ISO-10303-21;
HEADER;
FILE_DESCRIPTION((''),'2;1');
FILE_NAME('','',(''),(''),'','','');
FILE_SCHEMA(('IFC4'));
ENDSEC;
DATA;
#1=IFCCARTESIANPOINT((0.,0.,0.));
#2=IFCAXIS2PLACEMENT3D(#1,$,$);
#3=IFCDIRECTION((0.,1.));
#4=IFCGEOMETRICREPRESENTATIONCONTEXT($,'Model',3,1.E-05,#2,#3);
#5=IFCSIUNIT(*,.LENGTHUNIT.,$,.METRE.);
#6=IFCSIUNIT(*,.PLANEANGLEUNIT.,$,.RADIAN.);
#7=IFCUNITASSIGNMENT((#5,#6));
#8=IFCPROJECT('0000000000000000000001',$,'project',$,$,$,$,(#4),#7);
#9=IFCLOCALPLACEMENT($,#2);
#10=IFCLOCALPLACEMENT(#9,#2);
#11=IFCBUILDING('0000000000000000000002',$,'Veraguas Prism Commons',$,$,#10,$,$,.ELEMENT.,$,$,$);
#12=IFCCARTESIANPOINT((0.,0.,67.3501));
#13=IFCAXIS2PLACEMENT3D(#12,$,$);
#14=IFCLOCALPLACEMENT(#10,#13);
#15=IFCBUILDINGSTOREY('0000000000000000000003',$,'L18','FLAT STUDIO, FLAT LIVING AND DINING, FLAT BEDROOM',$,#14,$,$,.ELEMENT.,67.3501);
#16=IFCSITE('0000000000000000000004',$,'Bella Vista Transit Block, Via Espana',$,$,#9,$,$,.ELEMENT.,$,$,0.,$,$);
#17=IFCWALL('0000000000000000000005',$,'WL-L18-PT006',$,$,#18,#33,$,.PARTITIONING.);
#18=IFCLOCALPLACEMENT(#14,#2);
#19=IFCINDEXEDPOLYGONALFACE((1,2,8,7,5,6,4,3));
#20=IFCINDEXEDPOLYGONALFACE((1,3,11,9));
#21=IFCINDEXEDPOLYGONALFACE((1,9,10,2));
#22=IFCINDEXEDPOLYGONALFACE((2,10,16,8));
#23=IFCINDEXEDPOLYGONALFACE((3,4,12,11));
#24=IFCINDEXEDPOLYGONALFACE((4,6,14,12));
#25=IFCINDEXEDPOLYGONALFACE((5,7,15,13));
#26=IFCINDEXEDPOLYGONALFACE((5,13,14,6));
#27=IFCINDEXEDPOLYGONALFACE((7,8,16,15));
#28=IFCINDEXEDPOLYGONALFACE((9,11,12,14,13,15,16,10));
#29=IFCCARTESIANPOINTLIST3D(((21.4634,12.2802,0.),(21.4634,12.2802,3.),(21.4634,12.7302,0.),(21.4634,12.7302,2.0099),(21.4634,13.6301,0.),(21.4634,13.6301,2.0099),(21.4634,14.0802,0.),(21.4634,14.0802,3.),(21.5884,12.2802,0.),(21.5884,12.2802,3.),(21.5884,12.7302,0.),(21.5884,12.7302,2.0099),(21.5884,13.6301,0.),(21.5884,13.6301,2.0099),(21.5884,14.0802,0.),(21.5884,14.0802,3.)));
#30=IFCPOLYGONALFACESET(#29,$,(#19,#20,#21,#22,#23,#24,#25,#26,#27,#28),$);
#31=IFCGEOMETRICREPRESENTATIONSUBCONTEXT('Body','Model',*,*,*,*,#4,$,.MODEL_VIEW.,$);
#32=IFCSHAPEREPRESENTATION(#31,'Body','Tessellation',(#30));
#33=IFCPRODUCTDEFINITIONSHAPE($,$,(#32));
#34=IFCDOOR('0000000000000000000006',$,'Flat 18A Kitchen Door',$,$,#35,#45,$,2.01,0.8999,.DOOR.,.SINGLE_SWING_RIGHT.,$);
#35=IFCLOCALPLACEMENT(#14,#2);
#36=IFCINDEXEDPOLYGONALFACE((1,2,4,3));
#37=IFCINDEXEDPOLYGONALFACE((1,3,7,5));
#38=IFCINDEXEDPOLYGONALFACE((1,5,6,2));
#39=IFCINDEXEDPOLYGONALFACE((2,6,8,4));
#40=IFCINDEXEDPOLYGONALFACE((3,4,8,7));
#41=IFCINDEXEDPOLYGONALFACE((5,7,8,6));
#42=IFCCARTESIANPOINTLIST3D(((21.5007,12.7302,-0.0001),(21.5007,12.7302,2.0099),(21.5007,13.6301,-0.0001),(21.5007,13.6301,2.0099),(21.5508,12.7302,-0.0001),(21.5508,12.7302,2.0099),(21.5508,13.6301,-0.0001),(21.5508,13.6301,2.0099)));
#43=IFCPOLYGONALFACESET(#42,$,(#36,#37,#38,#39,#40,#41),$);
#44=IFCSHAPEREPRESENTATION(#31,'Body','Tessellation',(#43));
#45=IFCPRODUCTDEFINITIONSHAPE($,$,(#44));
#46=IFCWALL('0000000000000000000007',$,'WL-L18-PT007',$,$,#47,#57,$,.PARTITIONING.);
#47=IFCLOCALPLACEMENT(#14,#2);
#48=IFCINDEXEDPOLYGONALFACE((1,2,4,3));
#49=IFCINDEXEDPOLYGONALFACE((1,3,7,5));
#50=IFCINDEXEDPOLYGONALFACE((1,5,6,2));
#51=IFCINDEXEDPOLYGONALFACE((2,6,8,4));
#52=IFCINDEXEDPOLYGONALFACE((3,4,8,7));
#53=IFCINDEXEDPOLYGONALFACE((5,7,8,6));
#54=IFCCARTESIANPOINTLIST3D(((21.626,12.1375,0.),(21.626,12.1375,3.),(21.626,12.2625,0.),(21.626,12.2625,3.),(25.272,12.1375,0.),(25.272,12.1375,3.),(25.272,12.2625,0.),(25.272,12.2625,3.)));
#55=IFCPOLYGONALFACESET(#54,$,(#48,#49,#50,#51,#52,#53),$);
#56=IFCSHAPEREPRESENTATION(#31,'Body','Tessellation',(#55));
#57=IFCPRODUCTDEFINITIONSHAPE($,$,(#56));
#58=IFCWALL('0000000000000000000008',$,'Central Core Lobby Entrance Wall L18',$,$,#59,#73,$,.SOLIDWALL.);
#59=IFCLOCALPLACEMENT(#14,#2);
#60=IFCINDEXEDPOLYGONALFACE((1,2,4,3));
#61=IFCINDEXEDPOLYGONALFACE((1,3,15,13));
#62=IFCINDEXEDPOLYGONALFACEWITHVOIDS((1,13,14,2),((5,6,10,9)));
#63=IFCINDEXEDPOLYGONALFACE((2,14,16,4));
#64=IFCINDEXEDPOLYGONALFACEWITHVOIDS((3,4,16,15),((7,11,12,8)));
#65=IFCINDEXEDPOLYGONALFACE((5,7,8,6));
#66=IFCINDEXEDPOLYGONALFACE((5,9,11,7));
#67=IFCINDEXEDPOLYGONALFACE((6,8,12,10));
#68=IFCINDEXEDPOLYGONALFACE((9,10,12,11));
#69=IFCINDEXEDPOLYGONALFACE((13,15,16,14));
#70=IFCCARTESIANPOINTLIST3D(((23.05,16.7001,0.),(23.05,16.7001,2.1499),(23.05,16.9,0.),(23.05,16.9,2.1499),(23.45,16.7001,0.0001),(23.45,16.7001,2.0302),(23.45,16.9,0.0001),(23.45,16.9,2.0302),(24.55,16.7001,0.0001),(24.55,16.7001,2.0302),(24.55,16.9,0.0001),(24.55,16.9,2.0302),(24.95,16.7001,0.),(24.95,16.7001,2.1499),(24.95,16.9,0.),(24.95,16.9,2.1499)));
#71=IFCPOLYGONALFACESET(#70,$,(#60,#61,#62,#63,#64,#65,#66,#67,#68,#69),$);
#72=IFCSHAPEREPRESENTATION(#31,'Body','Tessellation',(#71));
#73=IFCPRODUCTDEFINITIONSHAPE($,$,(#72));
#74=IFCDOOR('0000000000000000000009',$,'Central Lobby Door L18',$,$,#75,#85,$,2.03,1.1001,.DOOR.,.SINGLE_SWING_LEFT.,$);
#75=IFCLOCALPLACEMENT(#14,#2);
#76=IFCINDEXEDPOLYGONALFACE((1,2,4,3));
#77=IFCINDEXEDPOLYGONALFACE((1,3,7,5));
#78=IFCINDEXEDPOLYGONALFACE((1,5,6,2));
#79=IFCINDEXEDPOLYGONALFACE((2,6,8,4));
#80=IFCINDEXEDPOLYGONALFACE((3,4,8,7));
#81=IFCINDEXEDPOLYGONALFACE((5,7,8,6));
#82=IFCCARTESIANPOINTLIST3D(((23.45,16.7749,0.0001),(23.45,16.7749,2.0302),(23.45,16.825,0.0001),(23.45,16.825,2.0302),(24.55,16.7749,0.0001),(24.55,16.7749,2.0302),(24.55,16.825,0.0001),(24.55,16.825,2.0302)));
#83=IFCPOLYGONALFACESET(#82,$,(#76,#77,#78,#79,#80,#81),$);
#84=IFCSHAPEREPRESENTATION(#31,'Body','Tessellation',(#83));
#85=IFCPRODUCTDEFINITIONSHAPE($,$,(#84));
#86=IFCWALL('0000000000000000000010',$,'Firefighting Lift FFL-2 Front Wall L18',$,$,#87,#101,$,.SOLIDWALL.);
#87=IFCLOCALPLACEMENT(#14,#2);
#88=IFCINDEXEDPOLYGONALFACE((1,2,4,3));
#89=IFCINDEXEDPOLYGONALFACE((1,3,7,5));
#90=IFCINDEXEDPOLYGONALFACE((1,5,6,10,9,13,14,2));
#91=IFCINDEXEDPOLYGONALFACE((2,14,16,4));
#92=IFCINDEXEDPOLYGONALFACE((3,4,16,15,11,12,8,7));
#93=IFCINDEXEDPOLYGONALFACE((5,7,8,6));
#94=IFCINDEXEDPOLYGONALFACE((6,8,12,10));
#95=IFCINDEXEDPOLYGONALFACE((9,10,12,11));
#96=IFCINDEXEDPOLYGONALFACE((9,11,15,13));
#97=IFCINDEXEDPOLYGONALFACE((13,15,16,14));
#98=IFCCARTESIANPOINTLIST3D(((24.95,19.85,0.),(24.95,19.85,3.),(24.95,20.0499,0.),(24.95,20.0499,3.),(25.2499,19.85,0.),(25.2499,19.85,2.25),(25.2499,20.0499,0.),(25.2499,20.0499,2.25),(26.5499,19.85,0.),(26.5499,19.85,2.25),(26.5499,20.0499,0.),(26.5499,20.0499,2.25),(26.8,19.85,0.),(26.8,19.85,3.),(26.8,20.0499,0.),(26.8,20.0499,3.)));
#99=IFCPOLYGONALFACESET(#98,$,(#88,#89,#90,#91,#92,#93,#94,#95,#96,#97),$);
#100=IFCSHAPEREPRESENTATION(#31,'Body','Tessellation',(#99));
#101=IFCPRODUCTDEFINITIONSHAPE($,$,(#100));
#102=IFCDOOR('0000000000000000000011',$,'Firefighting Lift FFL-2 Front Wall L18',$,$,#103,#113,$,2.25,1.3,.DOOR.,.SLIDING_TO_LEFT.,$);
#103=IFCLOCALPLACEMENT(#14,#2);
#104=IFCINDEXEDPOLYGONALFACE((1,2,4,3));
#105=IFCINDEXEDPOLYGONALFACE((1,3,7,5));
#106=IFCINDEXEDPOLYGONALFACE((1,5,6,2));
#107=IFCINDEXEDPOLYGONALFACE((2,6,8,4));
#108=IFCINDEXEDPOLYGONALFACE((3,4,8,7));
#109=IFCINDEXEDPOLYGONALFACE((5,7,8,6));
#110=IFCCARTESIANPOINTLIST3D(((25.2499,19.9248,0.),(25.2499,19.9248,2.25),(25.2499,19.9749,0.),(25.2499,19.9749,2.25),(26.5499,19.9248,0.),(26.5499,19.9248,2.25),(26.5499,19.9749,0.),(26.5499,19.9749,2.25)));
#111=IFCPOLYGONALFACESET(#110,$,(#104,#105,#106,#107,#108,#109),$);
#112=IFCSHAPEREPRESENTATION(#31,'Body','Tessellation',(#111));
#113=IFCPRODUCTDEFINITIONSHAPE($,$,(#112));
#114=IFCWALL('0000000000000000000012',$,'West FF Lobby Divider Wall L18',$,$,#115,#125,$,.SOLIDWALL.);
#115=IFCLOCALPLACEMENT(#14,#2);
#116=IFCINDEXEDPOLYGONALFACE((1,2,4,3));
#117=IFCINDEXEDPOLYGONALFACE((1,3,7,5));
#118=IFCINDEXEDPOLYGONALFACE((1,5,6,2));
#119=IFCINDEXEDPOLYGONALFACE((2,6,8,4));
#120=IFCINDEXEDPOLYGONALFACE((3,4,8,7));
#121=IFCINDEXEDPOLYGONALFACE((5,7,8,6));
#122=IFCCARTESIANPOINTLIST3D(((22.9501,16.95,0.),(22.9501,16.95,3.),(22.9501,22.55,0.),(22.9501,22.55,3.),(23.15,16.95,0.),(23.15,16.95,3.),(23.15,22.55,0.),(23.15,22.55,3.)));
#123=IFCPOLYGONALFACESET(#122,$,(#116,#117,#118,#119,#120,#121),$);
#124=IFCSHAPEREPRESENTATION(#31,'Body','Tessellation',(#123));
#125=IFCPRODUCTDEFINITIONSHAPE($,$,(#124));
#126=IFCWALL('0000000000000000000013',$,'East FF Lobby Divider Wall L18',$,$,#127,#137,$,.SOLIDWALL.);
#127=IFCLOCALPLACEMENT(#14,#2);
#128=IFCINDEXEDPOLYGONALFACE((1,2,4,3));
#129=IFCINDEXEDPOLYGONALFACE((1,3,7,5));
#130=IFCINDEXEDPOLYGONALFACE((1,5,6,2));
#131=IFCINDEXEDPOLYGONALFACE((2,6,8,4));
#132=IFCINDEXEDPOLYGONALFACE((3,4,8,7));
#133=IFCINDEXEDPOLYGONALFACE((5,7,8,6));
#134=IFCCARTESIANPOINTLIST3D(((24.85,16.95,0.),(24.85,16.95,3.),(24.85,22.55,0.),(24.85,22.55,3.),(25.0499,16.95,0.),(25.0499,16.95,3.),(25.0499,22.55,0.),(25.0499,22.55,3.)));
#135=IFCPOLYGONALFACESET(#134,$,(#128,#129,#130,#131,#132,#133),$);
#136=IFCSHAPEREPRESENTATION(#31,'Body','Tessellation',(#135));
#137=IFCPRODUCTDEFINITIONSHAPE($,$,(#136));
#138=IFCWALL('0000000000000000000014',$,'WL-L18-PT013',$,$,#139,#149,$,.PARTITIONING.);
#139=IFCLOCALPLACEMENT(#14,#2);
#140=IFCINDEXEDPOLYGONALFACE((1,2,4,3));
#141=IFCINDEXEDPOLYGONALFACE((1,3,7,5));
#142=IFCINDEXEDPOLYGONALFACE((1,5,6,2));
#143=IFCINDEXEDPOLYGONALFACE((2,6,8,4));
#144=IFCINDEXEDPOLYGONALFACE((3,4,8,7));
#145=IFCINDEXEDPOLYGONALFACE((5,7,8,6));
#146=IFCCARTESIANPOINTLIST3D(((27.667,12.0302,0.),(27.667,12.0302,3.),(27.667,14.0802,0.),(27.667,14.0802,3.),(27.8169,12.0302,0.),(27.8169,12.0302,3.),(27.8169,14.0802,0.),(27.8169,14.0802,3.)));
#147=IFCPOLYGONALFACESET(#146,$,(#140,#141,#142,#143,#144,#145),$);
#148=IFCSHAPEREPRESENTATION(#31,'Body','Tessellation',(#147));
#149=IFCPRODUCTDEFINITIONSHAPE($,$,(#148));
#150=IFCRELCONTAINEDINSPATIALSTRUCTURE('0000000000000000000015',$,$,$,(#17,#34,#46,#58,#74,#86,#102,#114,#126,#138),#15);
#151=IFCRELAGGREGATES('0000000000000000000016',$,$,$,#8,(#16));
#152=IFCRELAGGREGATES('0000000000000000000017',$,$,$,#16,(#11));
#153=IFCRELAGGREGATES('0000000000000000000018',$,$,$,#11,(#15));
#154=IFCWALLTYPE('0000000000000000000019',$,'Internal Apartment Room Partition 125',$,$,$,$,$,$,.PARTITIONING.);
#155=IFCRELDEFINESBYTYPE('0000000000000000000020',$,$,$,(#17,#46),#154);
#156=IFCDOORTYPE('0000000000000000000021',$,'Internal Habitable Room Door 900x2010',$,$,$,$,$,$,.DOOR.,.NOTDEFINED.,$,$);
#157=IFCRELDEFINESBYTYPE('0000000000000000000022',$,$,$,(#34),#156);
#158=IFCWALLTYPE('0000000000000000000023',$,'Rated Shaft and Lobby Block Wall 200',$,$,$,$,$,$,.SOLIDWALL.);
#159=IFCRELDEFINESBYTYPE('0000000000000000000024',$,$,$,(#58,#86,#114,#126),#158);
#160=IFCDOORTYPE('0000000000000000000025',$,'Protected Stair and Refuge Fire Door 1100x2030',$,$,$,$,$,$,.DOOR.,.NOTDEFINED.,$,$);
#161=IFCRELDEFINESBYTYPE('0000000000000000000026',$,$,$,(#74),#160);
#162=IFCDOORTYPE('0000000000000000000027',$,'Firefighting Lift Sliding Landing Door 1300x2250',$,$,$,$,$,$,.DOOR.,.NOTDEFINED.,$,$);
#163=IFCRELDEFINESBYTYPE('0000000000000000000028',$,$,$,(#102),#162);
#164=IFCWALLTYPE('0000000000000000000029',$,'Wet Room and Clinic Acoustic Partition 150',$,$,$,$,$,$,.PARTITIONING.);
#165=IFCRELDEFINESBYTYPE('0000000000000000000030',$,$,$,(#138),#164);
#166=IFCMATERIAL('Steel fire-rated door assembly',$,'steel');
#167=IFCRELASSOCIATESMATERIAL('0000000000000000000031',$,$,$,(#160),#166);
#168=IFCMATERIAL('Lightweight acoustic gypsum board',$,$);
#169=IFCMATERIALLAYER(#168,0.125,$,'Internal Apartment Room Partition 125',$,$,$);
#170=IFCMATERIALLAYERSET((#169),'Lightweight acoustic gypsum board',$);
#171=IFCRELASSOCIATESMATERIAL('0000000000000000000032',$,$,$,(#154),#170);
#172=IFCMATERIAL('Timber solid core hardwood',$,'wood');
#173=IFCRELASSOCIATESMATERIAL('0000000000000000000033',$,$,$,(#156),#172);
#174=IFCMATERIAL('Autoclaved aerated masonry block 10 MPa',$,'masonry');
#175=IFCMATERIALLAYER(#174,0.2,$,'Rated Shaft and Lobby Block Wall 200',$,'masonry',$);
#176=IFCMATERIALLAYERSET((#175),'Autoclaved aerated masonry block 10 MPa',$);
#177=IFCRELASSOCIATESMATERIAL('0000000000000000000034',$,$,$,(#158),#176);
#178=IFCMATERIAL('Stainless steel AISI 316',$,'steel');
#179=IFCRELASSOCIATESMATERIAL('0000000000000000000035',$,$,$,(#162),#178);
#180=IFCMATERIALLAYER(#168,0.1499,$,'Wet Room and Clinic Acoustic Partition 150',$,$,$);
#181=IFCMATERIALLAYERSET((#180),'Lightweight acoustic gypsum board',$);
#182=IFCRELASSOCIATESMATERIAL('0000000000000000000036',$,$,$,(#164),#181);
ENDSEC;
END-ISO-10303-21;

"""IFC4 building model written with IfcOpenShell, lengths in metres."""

from ifc_helpers import new_model, si_unit, direction, frame, frame_2d, origin, place, context, subcontext, project, spatial, rectangle, extrude, source, transform, mapped, material, layer, layer_set, type_object, element, fill, save


model = new_model("IFC4")

# Units and contexts
model_context = context("Model", 3, precision=1e-05, world=origin(), true_north=direction((0.0, 1.0)))
body_context = subcontext(model_context, "Body", "Model", "MODEL_VIEW")
ifc_project = project(units=[si_unit("LENGTHUNIT", "METRE"), si_unit("PLANEANGLEUNIT", "RADIAN")], contexts=[model_context])

# Site, building, storey
site_placement = place(None, origin())
site = spatial("IfcSite", under=ifc_project, at=site_placement, Name="Bella Vista Transit Block, Via Espana", CompositionType="ELEMENT", RefElevation=0.0)
building_placement = place(site_placement, origin())
building = spatial("IfcBuilding", under=site, at=building_placement, Name="Veraguas Prism Commons", CompositionType="ELEMENT")
storey_placement = place(building_placement, frame((0.0, 0.0, 67.3501)))
storey = spatial("IfcBuildingStorey", under=building, at=storey_placement, Name="L18", Description="FLAT STUDIO, FLAT LIVING AND DINING, FLAT BEDROOM", CompositionType="ELEMENT", Elevation=67.3501)

# Shared definitions
ifc_material_1 = material(Name="Steel fire-rated door assembly", Category="steel")
door_type_1 = type_object("IfcDoorType", Name="Protected Stair and Refuge Fire Door 1100x2030", OperationType="NOTDEFINED", PredefinedType="DOOR", material=ifc_material_1)
shared_shape_1 = source(origin(), body_context, "Body", "SweptSolid", [
    extrude(rectangle(XDim=1.1001, YDim=2.03, at=frame_2d((0.55, 1.0151))), frame((0.0, 0.0249, 0.0), z_axis=(0.0, -1.0, 0.0), x_axis=(1.0, 0.0, 0.0)), (0.0, 0.0, 1.0), 0.05),
])

# Shared definitions
ifc_material_2 = material(Name="Autoclaved aerated masonry block 10 MPa", Category="masonry")

# Wall, opening, door
ifc_material_3 = material(Name="Lightweight acoustic gypsum board")
ifc_layer_1 = layer(ifc_material_3, 0.125, Name="Internal Apartment Room Partition 125")
ifc_layer_set_1 = layer_set([ifc_layer_1], Name="Lightweight acoustic gypsum board")
wall_type_1 = type_object("IfcWallType", Name="Internal Apartment Room Partition 125", PredefinedType="PARTITIONING", material=ifc_layer_set_1)
wall_1_placement = place(storey_placement, frame((21.5259, 14.0801, 0.0), z_axis=(0.0, 0.0, 1.0), x_axis=(0.0, -1.0, 0.0)))
wall_1 = element("IfcWall", 1, at=wall_1_placement, inside=storey, type_object=wall_type_1, Name="WL-L18-PT006", PredefinedType="PARTITIONING", context=body_context, shape_type="SweptSolid", body=[
    extrude(rectangle(XDim=1.8, YDim=0.125, at=frame_2d((0.8999, 0.0))), origin(), (0.0, 0.0, 1.0), 3.0),
])
opening_1_placement = place(wall_1_placement, frame((0.45, 0.0, 0.0)))
opening_1 = element("IfcOpeningElement", 2, at=opening_1_placement, cuts=wall_1, PredefinedType="OPENING", context=body_context, shape_type="SweptSolid", body=[
    extrude(rectangle(XDim=0.8999, YDim=2.01, at=frame_2d((0.45, 1.0049))), frame((0.0, 0.0725, 0.0), z_axis=(0.0, -1.0, 0.0), x_axis=(1.0, 0.0, 0.0)), (0.0, 0.0, 1.0), 0.145),
])
ifc_material_4 = material(Name="Timber solid core hardwood", Category="wood")
door_type_2 = type_object("IfcDoorType", Name="Internal Habitable Room Door 900x2010", OperationType="NOTDEFINED", PredefinedType="DOOR", material=ifc_material_4)
shared_shape_2 = source(origin(), body_context, "Body", "SweptSolid", [
    extrude(rectangle(XDim=0.8999, YDim=2.01, at=frame_2d((0.45, 1.0049))), frame((0.0, 0.0249, 0.0), z_axis=(0.0, -1.0, 0.0), x_axis=(1.0, 0.0, 0.0)), (0.0, 0.0, 1.0), 0.05),
])
door_1_placement = place(opening_1_placement, origin())
door_1 = element("IfcDoor", 3, at=door_1_placement, inside=storey, type_object=door_type_2, Name="Flat 18A Kitchen Door", OperationType="SINGLE_SWING_RIGHT", OverallHeight=2.01, OverallWidth=0.8999, PredefinedType="DOOR", context=body_context, shape_type="MappedRepresentation", body=[
    mapped(shared_shape_2, transform((0.0, 0.0, 0.0), scale=1.0)),
])
fill(opening_1, door_1)

# Wall
wall_2_placement = place(storey_placement, frame((21.626, 12.2, 0.0), z_axis=(0.0, 0.0, 1.0), x_axis=(1.0, 0.0, 0.0)))
element("IfcWall", 4, at=wall_2_placement, inside=storey, type_object=wall_type_1, Name="WL-L18-PT007", PredefinedType="PARTITIONING", context=body_context, shape_type="SweptSolid", body=[
    extrude(rectangle(XDim=3.646, YDim=0.125, at=frame_2d((1.823, 0.0))), origin(), (0.0, 0.0, 1.0), 3.0),
])

# Walls, openings, doors
ifc_layer_2 = layer(ifc_material_2, 0.2, Name="Rated Shaft and Lobby Block Wall 200", Category="masonry")
ifc_layer_set_2 = layer_set([ifc_layer_2], Name="Autoclaved aerated masonry block 10 MPa")
wall_type_2 = type_object("IfcWallType", Name="Rated Shaft and Lobby Block Wall 200", PredefinedType="SOLIDWALL", material=ifc_layer_set_2)
wall_3_placement = place(storey_placement, frame((23.05, 16.8, 0.0), z_axis=(0.0, 0.0, 1.0), x_axis=(1.0, 0.0, 0.0)))
wall_3 = element("IfcWall", 5, at=wall_3_placement, inside=storey, type_object=wall_type_2, Name="Central Core Lobby Entrance Wall L18", PredefinedType="SOLIDWALL", context=body_context, shape_type="SweptSolid", body=[
    extrude(rectangle(XDim=1.8999, YDim=0.2, at=frame_2d((0.95, 0.0))), origin(), (0.0, 0.0, 1.0), 2.1499),
])
opening_2_placement = place(wall_3_placement, frame((0.3999, 0.0, 0.0)))
opening_2 = element("IfcOpeningElement", 6, at=opening_2_placement, cuts=wall_3, PredefinedType="OPENING", context=body_context, shape_type="SweptSolid", body=[
    extrude(rectangle(XDim=1.1001, YDim=2.03, at=frame_2d((0.55, 1.0151))), frame((0.0, 0.1099, 0.0), z_axis=(0.0, -1.0, 0.0), x_axis=(1.0, 0.0, 0.0)), (0.0, 0.0, 1.0), 0.22),
])
door_2_placement = place(opening_2_placement, origin())
door_2 = element("IfcDoor", 7, at=door_2_placement, inside=storey, type_object=door_type_1, Name="Central Lobby Door L18", OperationType="SINGLE_SWING_LEFT", OverallHeight=2.03, OverallWidth=1.1001, PredefinedType="DOOR", context=body_context, shape_type="MappedRepresentation", body=[
    mapped(shared_shape_1, transform((0.0, 0.0, 0.0), scale=1.0)),
])
fill(opening_2, door_2)
wall_4_placement = place(storey_placement, frame((24.95, 19.95, 0.0), z_axis=(0.0, 0.0, 1.0), x_axis=(1.0, 0.0, 0.0)))
wall_4 = element("IfcWall", 8, at=wall_4_placement, inside=storey, type_object=wall_type_2, Name="Firefighting Lift FFL-2 Front Wall L18", PredefinedType="SOLIDWALL", context=body_context, shape_type="SweptSolid", body=[
    extrude(rectangle(XDim=1.8501, YDim=0.2, at=frame_2d((0.925, 0.0))), origin(), (0.0, 0.0, 1.0), 3.0),
])
opening_3_placement = place(wall_4_placement, frame((0.3, 0.0, 0.0)))
opening_3 = element("IfcOpeningElement", 9, at=opening_3_placement, cuts=wall_4, PredefinedType="OPENING", context=body_context, shape_type="SweptSolid", body=[
    extrude(rectangle(XDim=1.3, YDim=2.25, at=frame_2d((0.6499, 1.125))), frame((0.0, 0.1099, 0.0), z_axis=(0.0, -1.0, 0.0), x_axis=(1.0, 0.0, 0.0)), (0.0, 0.0, 1.0), 0.22),
])
ifc_material_5 = material(Name="Stainless steel AISI 316", Category="steel")
door_type_3 = type_object("IfcDoorType", Name="Firefighting Lift Sliding Landing Door 1300x2250", OperationType="NOTDEFINED", PredefinedType="DOOR", material=ifc_material_5)
shared_shape_3 = source(origin(), body_context, "Body", "SweptSolid", [
    extrude(rectangle(XDim=1.3, YDim=2.25, at=frame_2d((0.6499, 1.125))), frame((0.0, 0.0249, 0.0), z_axis=(0.0, -1.0, 0.0), x_axis=(1.0, 0.0, 0.0)), (0.0, 0.0, 1.0), 0.05),
])
door_3_placement = place(opening_3_placement, origin())
door_3 = element("IfcDoor", 10, at=door_3_placement, inside=storey, type_object=door_type_3, Name="Firefighting Lift FFL-2 Front Wall L18", OperationType="SLIDING_TO_LEFT", OverallHeight=2.25, OverallWidth=1.3, PredefinedType="DOOR", context=body_context, shape_type="MappedRepresentation", body=[
    mapped(shared_shape_3, transform((0.0, 0.0, 0.0), scale=1.0)),
])
fill(opening_3, door_3)

# Walls
for number, where, z_axis, x_axis, name in (
    (11, (23.05, 16.95, 0.0), (0.0, 0.0, 1.0), (0.0, 1.0, 0.0), "West FF Lobby Divider Wall L18"),
    (12, (24.95, 16.95, 0.0), (0.0, 0.0, 1.0), (0.0, 1.0, 0.0), "East FF Lobby Divider Wall L18"),
):
    element("IfcWall", number, at=place(storey_placement, frame(where, z_axis=z_axis, x_axis=x_axis)), inside=storey, type_object=wall_type_2, Name=name, PredefinedType="SOLIDWALL", context=body_context, shape_type="SweptSolid", body=[
        extrude(rectangle(XDim=5.6001, YDim=0.2, at=frame_2d((2.8, 0.0))), origin(), (0.0, 0.0, 1.0), 3.0),
    ])
ifc_layer_3 = layer(ifc_material_3, 0.1499, Name="Wet Room and Clinic Acoustic Partition 150")
ifc_layer_set_3 = layer_set([ifc_layer_3], Name="Lightweight acoustic gypsum board")
wall_type_3 = type_object("IfcWallType", Name="Wet Room and Clinic Acoustic Partition 150", PredefinedType="PARTITIONING", material=ifc_layer_set_3)
wall_5_placement = place(storey_placement, frame((27.7419, 14.0801, 0.0), z_axis=(0.0, 0.0, 1.0), x_axis=(0.0, -1.0, 0.0)))
element("IfcWall", 13, at=wall_5_placement, inside=storey, type_object=wall_type_3, Name="WL-L18-PT013", PredefinedType="PARTITIONING", context=body_context, shape_type="SweptSolid", body=[
    extrude(rectangle(XDim=2.05, YDim=0.1499, at=frame_2d((1.0249, 0.0))), origin(), (0.0, 0.0, 1.0), 3.0),
])

save(model, "model.ifc")
